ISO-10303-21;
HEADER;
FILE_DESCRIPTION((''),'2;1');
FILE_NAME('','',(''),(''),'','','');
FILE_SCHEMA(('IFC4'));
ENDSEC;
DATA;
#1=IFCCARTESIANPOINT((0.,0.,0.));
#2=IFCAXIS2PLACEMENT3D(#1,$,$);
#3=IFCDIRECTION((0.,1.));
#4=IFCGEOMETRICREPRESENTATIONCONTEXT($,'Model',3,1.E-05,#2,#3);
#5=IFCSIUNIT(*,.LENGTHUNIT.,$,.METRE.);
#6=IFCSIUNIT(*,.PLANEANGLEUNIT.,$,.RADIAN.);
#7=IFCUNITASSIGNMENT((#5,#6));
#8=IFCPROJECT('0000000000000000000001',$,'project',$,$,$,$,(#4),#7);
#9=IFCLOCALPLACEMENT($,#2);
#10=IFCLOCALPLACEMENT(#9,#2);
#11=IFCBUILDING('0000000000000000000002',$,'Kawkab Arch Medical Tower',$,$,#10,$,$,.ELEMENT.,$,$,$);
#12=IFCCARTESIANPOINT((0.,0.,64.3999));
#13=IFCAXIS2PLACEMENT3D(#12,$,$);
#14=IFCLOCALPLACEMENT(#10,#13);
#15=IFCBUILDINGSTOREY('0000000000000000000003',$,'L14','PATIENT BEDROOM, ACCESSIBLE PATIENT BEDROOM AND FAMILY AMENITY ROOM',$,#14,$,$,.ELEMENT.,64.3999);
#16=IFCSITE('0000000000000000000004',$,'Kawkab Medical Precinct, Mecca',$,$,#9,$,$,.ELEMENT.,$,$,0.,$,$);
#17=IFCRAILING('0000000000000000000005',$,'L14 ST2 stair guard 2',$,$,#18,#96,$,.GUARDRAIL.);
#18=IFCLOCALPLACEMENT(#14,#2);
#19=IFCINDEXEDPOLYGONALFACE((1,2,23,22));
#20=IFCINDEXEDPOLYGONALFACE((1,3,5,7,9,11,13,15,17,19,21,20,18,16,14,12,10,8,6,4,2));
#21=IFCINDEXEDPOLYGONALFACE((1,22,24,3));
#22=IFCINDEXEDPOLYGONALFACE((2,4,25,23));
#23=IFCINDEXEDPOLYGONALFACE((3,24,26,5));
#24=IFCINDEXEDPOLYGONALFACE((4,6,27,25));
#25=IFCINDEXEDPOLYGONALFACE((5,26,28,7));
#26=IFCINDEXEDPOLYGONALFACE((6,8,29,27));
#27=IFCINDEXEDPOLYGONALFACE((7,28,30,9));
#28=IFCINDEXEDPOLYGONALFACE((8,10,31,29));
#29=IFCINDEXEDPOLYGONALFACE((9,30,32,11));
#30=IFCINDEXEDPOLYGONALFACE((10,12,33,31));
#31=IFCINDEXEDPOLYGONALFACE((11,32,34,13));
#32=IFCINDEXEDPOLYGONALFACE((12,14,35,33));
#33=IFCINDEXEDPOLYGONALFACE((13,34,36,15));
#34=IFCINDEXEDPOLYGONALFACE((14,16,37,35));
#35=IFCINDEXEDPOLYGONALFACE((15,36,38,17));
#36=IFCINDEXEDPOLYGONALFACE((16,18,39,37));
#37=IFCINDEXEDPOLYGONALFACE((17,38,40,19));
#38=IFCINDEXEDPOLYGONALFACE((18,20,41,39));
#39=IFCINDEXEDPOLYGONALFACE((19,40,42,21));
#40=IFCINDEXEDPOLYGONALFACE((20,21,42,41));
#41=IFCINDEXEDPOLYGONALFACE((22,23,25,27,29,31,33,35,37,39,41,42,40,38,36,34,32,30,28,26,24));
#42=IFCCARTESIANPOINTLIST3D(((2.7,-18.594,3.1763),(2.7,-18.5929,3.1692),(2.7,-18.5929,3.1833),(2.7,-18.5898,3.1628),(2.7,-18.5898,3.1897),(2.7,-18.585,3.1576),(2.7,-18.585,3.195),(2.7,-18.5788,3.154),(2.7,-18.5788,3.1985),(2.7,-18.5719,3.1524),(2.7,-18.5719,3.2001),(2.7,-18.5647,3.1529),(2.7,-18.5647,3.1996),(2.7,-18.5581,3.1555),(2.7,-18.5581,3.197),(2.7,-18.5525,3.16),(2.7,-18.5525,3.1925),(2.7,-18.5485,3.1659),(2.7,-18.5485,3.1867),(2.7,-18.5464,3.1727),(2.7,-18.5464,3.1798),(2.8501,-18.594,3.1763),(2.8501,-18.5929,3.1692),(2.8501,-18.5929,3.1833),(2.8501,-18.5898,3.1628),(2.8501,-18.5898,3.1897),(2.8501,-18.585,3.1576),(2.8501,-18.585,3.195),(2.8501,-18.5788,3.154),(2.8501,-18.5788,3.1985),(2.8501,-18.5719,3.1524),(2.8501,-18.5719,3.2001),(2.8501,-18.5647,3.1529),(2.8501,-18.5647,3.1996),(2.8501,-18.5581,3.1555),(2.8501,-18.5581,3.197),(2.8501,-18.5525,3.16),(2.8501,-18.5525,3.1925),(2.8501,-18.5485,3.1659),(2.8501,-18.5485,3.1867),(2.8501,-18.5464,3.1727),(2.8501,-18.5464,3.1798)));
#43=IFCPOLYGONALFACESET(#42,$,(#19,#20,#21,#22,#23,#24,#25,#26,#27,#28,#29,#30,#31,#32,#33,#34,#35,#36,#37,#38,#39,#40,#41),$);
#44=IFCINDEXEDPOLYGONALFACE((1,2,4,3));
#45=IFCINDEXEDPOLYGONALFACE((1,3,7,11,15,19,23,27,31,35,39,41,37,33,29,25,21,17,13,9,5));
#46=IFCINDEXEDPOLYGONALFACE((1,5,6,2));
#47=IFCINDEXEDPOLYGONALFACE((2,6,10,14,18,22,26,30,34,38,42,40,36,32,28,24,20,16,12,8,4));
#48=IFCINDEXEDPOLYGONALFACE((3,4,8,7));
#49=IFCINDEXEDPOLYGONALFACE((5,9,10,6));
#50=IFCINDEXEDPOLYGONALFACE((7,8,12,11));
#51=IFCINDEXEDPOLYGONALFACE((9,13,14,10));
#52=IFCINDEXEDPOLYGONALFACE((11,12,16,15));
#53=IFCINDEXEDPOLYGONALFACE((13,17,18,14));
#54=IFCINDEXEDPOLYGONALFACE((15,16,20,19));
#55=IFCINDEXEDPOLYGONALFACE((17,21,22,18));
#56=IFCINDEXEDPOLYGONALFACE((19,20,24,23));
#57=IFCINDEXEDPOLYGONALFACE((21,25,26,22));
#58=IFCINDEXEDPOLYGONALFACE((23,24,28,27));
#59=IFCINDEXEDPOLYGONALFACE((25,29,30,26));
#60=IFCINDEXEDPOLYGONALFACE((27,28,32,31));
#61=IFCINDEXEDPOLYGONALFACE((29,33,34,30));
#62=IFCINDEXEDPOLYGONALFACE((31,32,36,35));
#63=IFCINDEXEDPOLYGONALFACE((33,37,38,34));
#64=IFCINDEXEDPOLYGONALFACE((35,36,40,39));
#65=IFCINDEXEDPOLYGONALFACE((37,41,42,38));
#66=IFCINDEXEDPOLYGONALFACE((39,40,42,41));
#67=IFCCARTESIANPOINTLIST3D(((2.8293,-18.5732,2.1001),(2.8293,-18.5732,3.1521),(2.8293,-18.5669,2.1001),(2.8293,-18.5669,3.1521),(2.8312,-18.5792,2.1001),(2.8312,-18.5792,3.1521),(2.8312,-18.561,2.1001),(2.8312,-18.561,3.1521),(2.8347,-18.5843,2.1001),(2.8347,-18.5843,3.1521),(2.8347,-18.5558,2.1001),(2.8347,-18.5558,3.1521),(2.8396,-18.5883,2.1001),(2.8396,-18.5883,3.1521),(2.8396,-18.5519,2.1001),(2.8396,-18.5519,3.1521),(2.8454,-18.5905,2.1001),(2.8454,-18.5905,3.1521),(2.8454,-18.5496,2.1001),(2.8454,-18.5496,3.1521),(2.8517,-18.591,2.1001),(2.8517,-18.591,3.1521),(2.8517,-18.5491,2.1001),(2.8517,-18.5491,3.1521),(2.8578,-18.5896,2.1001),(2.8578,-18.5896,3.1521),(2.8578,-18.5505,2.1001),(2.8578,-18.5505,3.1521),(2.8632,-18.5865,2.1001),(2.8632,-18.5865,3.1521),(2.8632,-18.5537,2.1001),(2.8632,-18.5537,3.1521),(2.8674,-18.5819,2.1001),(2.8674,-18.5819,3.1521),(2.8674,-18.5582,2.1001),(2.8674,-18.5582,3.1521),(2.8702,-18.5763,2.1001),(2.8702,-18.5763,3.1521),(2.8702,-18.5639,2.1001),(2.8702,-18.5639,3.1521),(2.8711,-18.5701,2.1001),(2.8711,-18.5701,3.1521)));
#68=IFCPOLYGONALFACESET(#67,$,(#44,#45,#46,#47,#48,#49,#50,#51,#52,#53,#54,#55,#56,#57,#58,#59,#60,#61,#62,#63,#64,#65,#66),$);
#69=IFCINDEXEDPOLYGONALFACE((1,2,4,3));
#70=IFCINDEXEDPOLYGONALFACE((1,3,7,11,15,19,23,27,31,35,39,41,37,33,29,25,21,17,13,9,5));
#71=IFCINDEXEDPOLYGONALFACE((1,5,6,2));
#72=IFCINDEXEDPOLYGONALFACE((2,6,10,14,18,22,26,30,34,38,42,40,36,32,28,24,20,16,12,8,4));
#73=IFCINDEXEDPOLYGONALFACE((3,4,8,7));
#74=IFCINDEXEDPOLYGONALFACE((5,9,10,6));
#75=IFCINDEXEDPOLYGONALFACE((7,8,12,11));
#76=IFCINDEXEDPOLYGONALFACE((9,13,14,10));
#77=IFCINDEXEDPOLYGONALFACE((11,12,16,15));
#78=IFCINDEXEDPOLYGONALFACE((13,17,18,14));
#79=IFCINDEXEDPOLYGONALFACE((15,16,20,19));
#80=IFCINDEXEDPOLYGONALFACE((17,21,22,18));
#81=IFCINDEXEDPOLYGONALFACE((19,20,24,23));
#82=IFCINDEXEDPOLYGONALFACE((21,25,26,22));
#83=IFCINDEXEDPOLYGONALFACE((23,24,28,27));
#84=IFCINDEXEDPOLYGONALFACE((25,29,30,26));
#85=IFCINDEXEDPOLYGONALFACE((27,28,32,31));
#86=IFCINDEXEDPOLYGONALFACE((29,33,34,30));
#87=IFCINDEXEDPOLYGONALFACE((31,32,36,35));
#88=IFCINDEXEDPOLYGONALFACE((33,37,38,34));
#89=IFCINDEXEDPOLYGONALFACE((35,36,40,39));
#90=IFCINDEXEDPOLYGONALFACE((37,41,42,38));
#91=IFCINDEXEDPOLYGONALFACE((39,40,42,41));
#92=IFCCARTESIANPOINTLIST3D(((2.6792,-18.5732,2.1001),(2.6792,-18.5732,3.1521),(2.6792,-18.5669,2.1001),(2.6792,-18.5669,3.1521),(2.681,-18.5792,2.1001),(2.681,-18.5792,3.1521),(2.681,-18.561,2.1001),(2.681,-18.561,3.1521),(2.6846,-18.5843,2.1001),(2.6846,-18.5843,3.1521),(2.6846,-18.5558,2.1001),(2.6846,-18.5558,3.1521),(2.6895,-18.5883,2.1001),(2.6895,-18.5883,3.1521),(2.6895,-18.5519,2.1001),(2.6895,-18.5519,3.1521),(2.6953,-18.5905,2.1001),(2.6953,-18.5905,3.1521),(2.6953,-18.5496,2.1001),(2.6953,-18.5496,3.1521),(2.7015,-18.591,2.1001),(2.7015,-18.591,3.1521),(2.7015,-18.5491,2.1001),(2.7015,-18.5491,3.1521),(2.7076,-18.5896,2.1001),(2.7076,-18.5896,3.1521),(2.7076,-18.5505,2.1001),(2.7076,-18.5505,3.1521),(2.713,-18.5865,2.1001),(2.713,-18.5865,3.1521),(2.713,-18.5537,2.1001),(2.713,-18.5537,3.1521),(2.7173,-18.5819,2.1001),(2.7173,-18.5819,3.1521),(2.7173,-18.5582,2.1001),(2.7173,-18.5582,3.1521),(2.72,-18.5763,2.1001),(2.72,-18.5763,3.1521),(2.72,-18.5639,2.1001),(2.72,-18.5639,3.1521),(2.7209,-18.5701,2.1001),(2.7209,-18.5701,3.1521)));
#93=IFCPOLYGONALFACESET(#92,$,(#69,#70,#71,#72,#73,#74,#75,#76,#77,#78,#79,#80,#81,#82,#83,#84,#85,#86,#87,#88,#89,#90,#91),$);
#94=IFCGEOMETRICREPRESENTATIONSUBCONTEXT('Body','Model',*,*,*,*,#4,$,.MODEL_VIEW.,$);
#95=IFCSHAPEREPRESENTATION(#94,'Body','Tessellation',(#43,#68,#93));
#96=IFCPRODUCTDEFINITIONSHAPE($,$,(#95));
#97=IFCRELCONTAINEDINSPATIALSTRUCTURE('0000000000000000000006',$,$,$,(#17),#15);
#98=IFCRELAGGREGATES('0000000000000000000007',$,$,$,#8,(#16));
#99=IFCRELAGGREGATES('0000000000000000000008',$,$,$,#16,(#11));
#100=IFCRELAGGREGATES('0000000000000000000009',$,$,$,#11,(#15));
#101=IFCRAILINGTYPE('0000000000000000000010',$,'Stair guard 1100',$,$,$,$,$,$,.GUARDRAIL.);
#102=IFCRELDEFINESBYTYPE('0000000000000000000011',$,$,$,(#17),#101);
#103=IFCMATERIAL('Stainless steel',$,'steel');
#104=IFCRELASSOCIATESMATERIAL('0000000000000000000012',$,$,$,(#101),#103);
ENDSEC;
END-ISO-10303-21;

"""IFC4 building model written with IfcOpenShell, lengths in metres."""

from ifc_helpers import new_model, si_unit, direction, frame, origin, origin_2d, place, context, subcontext, project, spatial, circle, extrude, material, type_object, element, save


model = new_model("IFC4")

# Units and contexts
model_context = context("Model", 3, precision=1e-05, world=origin(), true_north=direction((0.0, 1.0)))
body_context = subcontext(model_context, "Body", "Model", "MODEL_VIEW")
ifc_project = project(units=[si_unit("LENGTHUNIT", "METRE"), si_unit("PLANEANGLEUNIT", "RADIAN")], contexts=[model_context])

# Site, building, storey
site_placement = place(None, origin())
site = spatial("IfcSite", under=ifc_project, at=site_placement, Name="Kawkab Medical Precinct, Mecca", CompositionType="ELEMENT", RefElevation=0.0)
building_placement = place(site_placement, origin())
building = spatial("IfcBuilding", under=site, at=building_placement, Name="Kawkab Arch Medical Tower", CompositionType="ELEMENT")
storey_placement = place(building_placement, frame((0.0, 0.0, 64.3999)))
storey = spatial("IfcBuildingStorey", under=building, at=storey_placement, Name="L14", Description="PATIENT BEDROOM, ACCESSIBLE PATIENT BEDROOM AND FAMILY AMENITY ROOM", CompositionType="ELEMENT", Elevation=64.3999)

# Railing
ifc_material_1 = material(Name="Stainless steel", Category="steel")
railing_type_1 = type_object("IfcRailingType", Name="Stair guard 1100", PredefinedType="GUARDRAIL", material=ifc_material_1)
railing_1_placement = place(storey_placement, frame((2.8501, -18.5701, 2.1001)))
element("IfcRailing", 1, at=railing_1_placement, inside=storey, type_object=railing_type_1, Name="L14 ST2 stair guard 2", PredefinedType="GUARDRAIL", context=body_context, shape_type="SweptSolid", body=[
    extrude(circle(Radius=0.0239, at=origin_2d()), frame((0.0, 0.0, 1.0762), z_axis=(-1.0, 0.0, 0.0), x_axis=(0.0, -1.0, 0.0)), (0.0, 0.0, 1.0), 0.1501),
    extrude(circle(Radius=0.021, at=origin_2d()), origin(), (0.0, 0.0, 1.0), 1.052),
    extrude(circle(Radius=0.021, at=origin_2d()), frame((-0.1501, 0.0, 0.0)), (0.0, 0.0, 1.0), 1.052),
])

save(model, "model.ifc")
